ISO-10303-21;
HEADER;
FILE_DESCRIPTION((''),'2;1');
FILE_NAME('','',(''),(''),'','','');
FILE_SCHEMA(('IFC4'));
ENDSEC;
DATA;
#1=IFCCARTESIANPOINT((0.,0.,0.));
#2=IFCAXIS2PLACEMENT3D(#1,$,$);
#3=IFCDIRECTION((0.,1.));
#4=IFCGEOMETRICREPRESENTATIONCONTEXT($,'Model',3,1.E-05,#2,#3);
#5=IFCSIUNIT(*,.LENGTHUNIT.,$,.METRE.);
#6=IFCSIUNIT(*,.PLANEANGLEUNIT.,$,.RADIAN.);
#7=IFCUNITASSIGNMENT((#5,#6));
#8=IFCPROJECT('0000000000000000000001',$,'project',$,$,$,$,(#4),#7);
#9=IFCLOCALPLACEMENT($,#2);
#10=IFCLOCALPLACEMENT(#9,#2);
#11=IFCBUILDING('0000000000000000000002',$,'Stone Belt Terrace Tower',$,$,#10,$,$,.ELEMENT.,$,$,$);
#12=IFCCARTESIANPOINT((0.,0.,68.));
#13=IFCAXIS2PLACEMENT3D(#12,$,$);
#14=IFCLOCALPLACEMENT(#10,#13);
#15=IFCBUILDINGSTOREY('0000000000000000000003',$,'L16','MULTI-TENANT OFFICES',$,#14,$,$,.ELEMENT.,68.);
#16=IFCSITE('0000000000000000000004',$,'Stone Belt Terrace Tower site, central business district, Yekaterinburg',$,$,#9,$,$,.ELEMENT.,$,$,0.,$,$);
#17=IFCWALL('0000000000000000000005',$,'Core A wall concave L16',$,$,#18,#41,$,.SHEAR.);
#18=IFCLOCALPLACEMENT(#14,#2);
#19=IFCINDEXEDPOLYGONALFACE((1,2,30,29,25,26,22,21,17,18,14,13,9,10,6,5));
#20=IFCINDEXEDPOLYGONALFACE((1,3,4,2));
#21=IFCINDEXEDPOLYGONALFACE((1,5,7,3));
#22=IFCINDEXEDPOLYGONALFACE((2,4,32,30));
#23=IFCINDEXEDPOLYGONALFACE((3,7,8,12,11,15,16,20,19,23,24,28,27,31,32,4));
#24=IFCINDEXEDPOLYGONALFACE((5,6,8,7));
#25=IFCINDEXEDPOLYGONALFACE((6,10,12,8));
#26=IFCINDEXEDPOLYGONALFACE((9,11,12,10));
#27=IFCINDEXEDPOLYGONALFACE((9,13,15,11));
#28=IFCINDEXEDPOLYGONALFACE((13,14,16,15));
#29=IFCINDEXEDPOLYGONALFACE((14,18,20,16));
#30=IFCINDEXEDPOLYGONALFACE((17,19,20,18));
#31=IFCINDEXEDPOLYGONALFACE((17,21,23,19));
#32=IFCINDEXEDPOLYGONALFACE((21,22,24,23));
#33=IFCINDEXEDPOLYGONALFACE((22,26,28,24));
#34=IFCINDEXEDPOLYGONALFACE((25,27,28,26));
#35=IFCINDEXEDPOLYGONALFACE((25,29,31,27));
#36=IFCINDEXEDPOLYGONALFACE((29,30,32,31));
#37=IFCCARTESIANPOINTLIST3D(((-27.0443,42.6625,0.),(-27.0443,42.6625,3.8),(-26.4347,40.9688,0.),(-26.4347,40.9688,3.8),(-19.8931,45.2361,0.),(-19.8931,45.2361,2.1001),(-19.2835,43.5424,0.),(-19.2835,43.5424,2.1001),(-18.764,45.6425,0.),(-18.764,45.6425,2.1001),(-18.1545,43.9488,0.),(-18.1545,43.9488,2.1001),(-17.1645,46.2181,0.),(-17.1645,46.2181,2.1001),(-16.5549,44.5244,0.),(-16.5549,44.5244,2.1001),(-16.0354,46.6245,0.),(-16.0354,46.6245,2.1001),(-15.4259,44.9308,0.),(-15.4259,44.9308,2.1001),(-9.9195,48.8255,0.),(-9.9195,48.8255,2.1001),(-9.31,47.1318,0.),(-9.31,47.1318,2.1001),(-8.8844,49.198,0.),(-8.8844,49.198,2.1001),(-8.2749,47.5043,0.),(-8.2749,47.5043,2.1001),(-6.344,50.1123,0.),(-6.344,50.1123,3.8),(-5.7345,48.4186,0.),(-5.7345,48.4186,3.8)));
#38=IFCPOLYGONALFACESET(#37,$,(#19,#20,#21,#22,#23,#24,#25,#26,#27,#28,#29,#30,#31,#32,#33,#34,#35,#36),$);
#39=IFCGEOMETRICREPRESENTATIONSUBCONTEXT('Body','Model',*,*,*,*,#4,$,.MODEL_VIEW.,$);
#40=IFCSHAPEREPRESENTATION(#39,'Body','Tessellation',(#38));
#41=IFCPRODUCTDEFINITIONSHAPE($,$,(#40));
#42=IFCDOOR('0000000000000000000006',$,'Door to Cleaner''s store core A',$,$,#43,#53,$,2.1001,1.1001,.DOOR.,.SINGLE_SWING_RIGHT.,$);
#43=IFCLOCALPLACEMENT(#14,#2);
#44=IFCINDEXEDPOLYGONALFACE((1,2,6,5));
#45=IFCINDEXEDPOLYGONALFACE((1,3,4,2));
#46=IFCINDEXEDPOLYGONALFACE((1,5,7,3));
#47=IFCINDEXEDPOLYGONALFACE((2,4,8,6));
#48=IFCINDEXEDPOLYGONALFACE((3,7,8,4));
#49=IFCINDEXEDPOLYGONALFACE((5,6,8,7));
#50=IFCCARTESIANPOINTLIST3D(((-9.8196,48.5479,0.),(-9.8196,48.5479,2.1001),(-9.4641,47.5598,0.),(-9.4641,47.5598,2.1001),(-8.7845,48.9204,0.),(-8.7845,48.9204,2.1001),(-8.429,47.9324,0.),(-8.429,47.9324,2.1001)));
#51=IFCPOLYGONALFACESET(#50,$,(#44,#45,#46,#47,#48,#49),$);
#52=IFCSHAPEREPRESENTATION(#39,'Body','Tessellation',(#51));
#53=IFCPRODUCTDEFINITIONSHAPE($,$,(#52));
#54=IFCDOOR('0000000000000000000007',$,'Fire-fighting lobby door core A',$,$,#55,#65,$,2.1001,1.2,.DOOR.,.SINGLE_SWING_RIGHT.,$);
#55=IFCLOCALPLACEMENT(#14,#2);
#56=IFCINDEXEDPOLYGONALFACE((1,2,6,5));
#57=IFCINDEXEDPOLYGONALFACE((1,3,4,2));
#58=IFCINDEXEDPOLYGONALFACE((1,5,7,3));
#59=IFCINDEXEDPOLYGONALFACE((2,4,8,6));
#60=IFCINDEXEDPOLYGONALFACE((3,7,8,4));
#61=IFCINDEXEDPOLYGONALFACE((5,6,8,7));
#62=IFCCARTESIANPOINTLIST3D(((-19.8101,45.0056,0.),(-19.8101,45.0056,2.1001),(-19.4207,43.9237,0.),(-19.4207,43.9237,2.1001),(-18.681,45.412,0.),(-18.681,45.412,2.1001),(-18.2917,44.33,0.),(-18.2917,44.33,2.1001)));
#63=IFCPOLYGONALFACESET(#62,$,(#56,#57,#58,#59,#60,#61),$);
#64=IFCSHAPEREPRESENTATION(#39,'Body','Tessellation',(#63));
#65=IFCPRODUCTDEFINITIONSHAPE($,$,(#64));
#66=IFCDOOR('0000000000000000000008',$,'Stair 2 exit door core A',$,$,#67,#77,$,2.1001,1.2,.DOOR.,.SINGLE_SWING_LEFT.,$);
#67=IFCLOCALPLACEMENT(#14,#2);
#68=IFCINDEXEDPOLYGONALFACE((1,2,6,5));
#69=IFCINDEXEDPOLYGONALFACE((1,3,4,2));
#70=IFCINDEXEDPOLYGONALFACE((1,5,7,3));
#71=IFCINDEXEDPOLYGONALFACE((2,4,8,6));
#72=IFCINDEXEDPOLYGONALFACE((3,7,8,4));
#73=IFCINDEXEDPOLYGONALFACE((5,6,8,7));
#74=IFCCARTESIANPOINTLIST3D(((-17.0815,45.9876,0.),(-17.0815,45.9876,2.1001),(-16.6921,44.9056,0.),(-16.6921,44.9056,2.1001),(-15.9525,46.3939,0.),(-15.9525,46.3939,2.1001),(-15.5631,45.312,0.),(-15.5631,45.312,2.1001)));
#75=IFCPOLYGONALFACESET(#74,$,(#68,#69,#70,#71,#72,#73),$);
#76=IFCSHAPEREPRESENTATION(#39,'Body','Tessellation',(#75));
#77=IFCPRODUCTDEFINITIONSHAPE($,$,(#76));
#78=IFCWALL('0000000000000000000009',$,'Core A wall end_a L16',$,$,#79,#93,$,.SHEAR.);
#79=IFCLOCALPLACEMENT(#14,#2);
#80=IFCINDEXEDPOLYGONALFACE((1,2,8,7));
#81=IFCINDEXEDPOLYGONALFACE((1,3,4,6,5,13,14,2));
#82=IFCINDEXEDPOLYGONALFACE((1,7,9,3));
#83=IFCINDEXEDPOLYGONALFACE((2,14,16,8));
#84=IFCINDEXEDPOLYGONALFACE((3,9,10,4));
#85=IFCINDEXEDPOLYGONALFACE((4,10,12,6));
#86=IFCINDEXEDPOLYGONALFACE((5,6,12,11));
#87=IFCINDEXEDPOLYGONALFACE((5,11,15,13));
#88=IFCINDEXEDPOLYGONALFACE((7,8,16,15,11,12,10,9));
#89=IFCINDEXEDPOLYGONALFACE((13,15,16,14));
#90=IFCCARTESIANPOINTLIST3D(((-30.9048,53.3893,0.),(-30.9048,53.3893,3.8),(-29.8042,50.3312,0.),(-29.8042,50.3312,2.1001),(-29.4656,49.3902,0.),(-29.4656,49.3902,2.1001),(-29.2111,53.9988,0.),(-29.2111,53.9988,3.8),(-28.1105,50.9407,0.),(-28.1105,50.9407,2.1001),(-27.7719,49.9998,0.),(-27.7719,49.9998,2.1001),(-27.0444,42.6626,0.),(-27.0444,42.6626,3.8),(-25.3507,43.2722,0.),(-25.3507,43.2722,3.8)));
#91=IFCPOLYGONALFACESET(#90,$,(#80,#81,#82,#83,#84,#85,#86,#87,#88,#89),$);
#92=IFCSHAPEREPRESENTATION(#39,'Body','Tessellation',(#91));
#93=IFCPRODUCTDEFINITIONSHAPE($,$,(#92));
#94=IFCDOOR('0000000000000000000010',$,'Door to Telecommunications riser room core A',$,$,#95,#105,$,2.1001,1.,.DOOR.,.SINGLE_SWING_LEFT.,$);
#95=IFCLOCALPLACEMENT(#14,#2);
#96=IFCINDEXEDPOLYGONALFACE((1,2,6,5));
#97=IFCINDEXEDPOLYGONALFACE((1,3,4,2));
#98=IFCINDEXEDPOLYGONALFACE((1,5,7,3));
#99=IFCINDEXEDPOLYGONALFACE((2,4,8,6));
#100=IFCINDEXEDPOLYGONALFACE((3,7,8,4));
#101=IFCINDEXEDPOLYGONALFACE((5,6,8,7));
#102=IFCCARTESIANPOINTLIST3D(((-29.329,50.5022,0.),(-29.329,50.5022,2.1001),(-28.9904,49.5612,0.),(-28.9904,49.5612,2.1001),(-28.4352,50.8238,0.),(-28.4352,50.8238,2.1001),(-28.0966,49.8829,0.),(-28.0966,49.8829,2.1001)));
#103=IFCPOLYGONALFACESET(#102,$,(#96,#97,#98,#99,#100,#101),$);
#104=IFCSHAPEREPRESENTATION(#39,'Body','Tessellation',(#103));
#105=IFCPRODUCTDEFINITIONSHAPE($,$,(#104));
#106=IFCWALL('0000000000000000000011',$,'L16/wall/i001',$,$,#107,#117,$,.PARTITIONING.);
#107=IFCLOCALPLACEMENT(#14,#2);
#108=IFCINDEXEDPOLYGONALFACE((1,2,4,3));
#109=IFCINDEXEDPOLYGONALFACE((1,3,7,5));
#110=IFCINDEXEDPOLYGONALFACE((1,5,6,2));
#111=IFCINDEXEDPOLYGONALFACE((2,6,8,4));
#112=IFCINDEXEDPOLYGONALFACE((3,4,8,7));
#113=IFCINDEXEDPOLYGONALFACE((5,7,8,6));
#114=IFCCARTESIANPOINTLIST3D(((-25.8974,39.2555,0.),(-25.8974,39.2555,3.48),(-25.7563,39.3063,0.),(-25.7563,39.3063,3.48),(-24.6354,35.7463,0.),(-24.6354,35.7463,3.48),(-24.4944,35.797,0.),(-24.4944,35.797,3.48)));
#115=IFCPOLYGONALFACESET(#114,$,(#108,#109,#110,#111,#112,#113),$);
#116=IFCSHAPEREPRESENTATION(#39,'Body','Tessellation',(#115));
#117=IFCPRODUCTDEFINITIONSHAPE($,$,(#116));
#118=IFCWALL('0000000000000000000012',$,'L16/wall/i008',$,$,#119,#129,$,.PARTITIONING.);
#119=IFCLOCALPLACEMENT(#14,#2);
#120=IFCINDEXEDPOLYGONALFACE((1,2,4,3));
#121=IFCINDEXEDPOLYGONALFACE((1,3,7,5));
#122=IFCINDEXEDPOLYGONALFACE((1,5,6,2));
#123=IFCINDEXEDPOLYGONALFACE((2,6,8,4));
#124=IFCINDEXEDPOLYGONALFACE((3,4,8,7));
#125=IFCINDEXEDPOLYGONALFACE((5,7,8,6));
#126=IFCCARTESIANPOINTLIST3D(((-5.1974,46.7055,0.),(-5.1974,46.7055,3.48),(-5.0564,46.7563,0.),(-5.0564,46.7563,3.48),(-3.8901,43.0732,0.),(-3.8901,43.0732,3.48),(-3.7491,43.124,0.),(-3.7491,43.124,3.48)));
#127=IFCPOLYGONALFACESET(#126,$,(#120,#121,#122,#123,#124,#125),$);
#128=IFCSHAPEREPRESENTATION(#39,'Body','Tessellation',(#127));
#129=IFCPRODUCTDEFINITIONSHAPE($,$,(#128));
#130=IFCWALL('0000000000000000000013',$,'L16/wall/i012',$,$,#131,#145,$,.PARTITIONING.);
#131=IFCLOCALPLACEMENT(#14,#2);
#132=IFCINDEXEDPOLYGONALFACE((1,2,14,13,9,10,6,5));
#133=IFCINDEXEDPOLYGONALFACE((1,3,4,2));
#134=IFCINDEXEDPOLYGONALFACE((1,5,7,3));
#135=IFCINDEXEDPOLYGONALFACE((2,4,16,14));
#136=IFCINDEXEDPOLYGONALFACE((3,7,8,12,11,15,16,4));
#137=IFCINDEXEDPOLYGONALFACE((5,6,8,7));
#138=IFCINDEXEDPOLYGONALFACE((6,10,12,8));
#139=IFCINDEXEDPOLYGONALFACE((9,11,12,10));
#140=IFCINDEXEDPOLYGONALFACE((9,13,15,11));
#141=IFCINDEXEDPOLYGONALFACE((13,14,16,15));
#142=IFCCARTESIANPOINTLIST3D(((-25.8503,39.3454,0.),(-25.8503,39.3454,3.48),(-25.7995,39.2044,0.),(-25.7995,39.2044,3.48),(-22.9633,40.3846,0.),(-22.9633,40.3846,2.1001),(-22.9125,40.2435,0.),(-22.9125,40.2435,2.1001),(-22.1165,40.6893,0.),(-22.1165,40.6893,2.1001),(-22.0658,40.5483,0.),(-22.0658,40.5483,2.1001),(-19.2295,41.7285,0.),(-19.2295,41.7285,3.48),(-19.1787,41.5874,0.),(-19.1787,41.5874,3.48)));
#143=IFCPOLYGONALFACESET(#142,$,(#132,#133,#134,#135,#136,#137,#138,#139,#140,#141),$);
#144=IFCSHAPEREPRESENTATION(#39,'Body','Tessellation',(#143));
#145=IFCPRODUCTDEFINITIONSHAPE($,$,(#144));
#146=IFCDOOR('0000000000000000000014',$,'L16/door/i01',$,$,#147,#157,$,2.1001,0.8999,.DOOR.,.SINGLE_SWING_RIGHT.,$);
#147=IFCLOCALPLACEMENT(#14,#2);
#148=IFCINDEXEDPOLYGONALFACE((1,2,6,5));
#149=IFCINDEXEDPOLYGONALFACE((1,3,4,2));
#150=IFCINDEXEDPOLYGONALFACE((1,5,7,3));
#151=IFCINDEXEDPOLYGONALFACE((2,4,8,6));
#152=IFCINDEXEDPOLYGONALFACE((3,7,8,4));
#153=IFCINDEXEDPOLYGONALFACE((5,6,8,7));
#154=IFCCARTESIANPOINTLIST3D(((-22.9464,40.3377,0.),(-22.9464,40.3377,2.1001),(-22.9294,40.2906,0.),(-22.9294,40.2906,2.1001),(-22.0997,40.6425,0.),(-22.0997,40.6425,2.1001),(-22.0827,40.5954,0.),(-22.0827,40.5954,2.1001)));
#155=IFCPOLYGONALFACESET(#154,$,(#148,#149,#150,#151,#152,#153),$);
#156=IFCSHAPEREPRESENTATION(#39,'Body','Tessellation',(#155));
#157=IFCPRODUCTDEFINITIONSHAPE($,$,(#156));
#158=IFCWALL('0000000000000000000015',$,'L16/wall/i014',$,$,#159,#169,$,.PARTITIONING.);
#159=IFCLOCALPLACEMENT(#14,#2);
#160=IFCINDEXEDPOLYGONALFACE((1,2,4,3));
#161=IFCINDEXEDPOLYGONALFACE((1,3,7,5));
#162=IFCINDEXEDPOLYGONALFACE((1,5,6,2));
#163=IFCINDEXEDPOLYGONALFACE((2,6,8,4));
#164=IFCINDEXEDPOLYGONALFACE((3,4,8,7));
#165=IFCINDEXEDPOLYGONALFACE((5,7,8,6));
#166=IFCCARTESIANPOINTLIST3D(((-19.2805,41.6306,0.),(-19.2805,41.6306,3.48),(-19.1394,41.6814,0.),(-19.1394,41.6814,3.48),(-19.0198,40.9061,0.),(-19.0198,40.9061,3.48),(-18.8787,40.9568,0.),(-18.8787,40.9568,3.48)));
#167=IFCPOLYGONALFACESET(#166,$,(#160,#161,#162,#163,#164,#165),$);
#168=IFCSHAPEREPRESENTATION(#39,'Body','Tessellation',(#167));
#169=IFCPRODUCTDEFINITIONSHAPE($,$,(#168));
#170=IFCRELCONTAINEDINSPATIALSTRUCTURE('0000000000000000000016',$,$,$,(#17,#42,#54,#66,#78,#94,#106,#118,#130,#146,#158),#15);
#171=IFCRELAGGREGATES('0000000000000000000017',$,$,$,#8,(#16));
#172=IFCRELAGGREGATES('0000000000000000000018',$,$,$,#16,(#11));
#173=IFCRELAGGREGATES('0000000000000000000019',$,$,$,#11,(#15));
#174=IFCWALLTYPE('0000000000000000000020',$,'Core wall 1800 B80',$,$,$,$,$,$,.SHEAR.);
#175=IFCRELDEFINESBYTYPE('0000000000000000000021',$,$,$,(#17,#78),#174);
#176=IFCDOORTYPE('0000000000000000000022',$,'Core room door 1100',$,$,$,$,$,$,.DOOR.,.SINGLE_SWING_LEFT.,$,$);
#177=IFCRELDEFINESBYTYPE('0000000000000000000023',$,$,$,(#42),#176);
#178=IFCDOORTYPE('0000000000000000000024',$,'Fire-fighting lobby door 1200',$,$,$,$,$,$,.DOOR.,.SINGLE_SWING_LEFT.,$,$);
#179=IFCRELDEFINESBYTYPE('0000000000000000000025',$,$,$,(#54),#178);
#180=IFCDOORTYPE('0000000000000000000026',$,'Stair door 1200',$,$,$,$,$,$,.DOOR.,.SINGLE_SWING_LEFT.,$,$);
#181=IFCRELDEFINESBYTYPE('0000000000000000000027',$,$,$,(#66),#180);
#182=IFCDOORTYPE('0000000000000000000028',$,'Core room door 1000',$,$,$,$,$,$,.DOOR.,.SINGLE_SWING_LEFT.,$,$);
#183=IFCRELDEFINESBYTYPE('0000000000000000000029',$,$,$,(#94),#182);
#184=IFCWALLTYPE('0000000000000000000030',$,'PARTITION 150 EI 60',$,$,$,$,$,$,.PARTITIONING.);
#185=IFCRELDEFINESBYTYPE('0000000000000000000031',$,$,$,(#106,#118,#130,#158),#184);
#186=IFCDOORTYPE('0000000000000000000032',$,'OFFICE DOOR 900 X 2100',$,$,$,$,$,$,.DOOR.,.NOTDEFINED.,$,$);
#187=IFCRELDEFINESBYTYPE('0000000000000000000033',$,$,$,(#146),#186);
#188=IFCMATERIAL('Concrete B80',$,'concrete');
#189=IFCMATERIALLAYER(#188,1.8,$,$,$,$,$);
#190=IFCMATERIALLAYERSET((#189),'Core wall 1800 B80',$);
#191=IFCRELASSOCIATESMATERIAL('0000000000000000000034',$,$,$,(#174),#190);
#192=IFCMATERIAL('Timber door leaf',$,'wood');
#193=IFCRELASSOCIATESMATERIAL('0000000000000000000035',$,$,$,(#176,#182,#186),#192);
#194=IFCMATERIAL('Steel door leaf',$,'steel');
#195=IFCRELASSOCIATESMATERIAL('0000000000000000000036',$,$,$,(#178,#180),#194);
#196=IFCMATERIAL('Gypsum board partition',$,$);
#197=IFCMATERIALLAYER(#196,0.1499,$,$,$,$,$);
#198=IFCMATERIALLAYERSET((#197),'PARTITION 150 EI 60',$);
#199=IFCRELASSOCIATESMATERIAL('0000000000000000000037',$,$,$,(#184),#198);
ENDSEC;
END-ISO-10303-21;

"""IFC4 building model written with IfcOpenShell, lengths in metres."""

from ifc_helpers import new_model, si_unit, direction, frame, frame_2d, origin, place, context, subcontext, project, spatial, rectangle, extrude, material, layer, layer_set, type_object, element, fill, save


model = new_model("IFC4")

# Units and contexts
model_context = context("Model", 3, precision=1e-05, world=origin(), true_north=direction((0.0, 1.0)))
body_context = subcontext(model_context, "Body", "Model", "MODEL_VIEW")
ifc_project = project(units=[si_unit("LENGTHUNIT", "METRE"), si_unit("PLANEANGLEUNIT", "RADIAN")], contexts=[model_context])

# Site, building, storey
site_placement = place(None, origin())
site = spatial("IfcSite", under=ifc_project, at=site_placement, Name="Stone Belt Terrace Tower site, central business district, Yekaterinburg", CompositionType="ELEMENT", RefElevation=0.0)
building_placement = place(site_placement, origin())
building = spatial("IfcBuilding", under=site, at=building_placement, Name="Stone Belt Terrace Tower", CompositionType="ELEMENT")
storey_placement = place(building_placement, frame((0.0, 0.0, 68.0)))
storey = spatial("IfcBuildingStorey", under=building, at=storey_placement, Name="L16", Description="MULTI-TENANT OFFICES", CompositionType="ELEMENT", Elevation=68.0)

# Shared definitions
ifc_material_1 = material(Name="Concrete B80", Category="concrete")

# Wall, openings, doors
ifc_layer_1 = layer(ifc_material_1, 1.8)
ifc_layer_set_1 = layer_set([ifc_layer_1], Name="Core wall 1800 B80")
wall_type_1 = type_object("IfcWallType", Name="Core wall 1800 B80", PredefinedType="SHEAR", material=ifc_layer_set_1)
wall_1_placement = place(storey_placement, frame((-26.7395, 41.8157, 0.0), z_axis=(0.0, 0.0, 1.0), x_axis=(0.940922, 0.338624, 0.0)))
wall_1 = element("IfcWall", 1, at=wall_1_placement, inside=storey, type_object=wall_type_1, Name="Core A wall concave L16", PredefinedType="SHEAR", context=body_context, shape_type="SweptSolid", body=[
    extrude(rectangle(XDim=22.0, YDim=1.8, at=frame_2d((11.0, 0.0))), origin(), (0.0, 0.0, 1.0), 3.8),
])
opening_1_placement = place(wall_1_placement, frame((7.6001, 0.0, 0.0)))
opening_1 = element("IfcOpeningElement", 2, at=opening_1_placement, cuts=wall_1, PredefinedType="OPENING", context=body_context, shape_type="SweptSolid", body=[
    extrude(rectangle(XDim=1.2, YDim=2.1001, at=frame_2d((0.6001, 1.05))), frame((0.0, 0.9099, 0.0), z_axis=(0.0, -1.0, 0.0), x_axis=(1.0, 0.0, 0.0)), (0.0, 0.0, 1.0), 1.8201),
])
opening_2_placement = place(wall_1_placement, frame((10.5, 0.0, 0.0)))
opening_2 = element("IfcOpeningElement", 3, at=opening_2_placement, cuts=wall_1, PredefinedType="OPENING", context=body_context, shape_type="SweptSolid", body=[
    extrude(rectangle(XDim=1.2, YDim=2.1001, at=frame_2d((0.6001, 1.05))), frame((0.0, 0.9099, 0.0), z_axis=(0.0, -1.0, 0.0), x_axis=(1.0, 0.0, 0.0)), (0.0, 0.0, 1.0), 1.8201),
])
opening_3_placement = place(wall_1_placement, frame((18.2, 0.0, 0.0)))
opening_3 = element("IfcOpeningElement", 4, at=opening_3_placement, cuts=wall_1, PredefinedType="OPENING", context=body_context, shape_type="SweptSolid", body=[
    extrude(rectangle(XDim=1.1001, YDim=2.1001, at=frame_2d((0.55, 1.05))), frame((0.0, 0.9099, 0.0), z_axis=(0.0, -1.0, 0.0), x_axis=(1.0, 0.0, 0.0)), (0.0, 0.0, 1.0), 1.8201),
])
ifc_material_2 = material(Name="Timber door leaf", Category="wood")
door_type_1 = type_object("IfcDoorType", Name="Core room door 1100", OperationType="SINGLE_SWING_LEFT", PredefinedType="DOOR", material=ifc_material_2)
door_1_placement = place(opening_3_placement, origin())
door_1 = element("IfcDoor", 5, at=door_1_placement, inside=storey, type_object=door_type_1, Name="Door to Cleaner's store core A", OperationType="SINGLE_SWING_RIGHT", OverallHeight=2.1001, OverallWidth=1.1001, PredefinedType="DOOR", context=body_context, shape_type="SweptSolid", body=[
    extrude(rectangle(XDim=1.1001, YDim=2.1001, at=frame_2d((0.55, 1.05))), frame((0.0, 0.605, 0.0), z_axis=(0.0, -1.0, 0.0), x_axis=(1.0, 0.0, 0.0)), (0.0, 0.0, 1.0), 1.05),
])
fill(opening_3, door_1)
ifc_material_3 = material(Name="Steel door leaf", Category="steel")
door_type_2 = type_object("IfcDoorType", Name="Fire-fighting lobby door 1200", OperationType="SINGLE_SWING_LEFT", PredefinedType="DOOR", material=ifc_material_3)
door_2_placement = place(opening_1_placement, origin())
door_2 = element("IfcDoor", 6, at=door_2_placement, inside=storey, type_object=door_type_2, Name="Fire-fighting lobby door core A", OperationType="SINGLE_SWING_RIGHT", OverallHeight=2.1001, OverallWidth=1.2, PredefinedType="DOOR", context=body_context, shape_type="SweptSolid", body=[
    extrude(rectangle(XDim=1.2, YDim=2.1001, at=frame_2d((0.6001, 1.05))), frame((0.0, 0.655, 0.0), z_axis=(0.0, -1.0, 0.0), x_axis=(1.0, 0.0, 0.0)), (0.0, 0.0, 1.0), 1.1499),
])
fill(opening_1, door_2)
door_type_3 = type_object("IfcDoorType", Name="Stair door 1200", OperationType="SINGLE_SWING_LEFT", PredefinedType="DOOR", material=ifc_material_3)
door_3_placement = place(opening_2_placement, origin())
door_3 = element("IfcDoor", 7, at=door_3_placement, inside=storey, type_object=door_type_3, Name="Stair 2 exit door core A", OperationType="SINGLE_SWING_LEFT", OverallHeight=2.1001, OverallWidth=1.2, PredefinedType="DOOR", context=body_context, shape_type="SweptSolid", body=[
    extrude(rectangle(XDim=1.2, YDim=2.1001, at=frame_2d((0.6001, 1.05))), frame((0.0, 0.655, 0.0), z_axis=(0.0, -1.0, 0.0), x_axis=(1.0, 0.0, 0.0)), (0.0, 0.0, 1.0), 1.1499),
])
fill(opening_2, door_3)

# Wall, opening, door
wall_2_placement = place(storey_placement, frame((-26.1975, 42.9673, 0.0), z_axis=(0.0, 0.0, 1.0), x_axis=(-0.338625, 0.940921, 0.0)))
wall_2 = element("IfcWall", 8, at=wall_2_placement, inside=storey, type_object=wall_type_1, Name="Core A wall end_a L16", PredefinedType="SHEAR", context=body_context, shape_type="SweptSolid", body=[
    extrude(rectangle(XDim=11.4001, YDim=1.8, at=frame_2d((5.7002, 0.0))), origin(), (0.0, 0.0, 1.0), 3.8),
])
opening_4_placement = place(wall_2_placement, frame((7.1501, 0.0, 0.0)))
opening_4 = element("IfcOpeningElement", 9, at=opening_4_placement, cuts=wall_2, PredefinedType="OPENING", context=body_context, shape_type="SweptSolid", body=[
    extrude(rectangle(XDim=1.0, YDim=2.1001, at=frame_2d((0.5, 1.05))), frame((0.0, 0.9099, 0.0), z_axis=(0.0, -1.0, 0.0), x_axis=(1.0, 0.0, 0.0)), (0.0, 0.0, 1.0), 1.8201),
])
door_type_4 = type_object("IfcDoorType", Name="Core room door 1000", OperationType="SINGLE_SWING_LEFT", PredefinedType="DOOR", material=ifc_material_2)
door_4_placement = place(opening_4_placement, origin())
door_4 = element("IfcDoor", 10, at=door_4_placement, inside=storey, type_object=door_type_4, Name="Door to Telecommunications riser room core A", OperationType="SINGLE_SWING_LEFT", OverallHeight=2.1001, OverallWidth=1.0, PredefinedType="DOOR", context=body_context, shape_type="SweptSolid", body=[
    extrude(rectangle(XDim=1.0, YDim=2.1001, at=frame_2d((0.5, 1.05))), frame((0.0, 0.395, 0.0), z_axis=(0.0, -1.0, 0.0), x_axis=(1.0, 0.0, 0.0)), (0.0, 0.0, 1.0), 0.95),
])
fill(opening_4, door_4)

# Walls
ifc_material_4 = material(Name="Gypsum board partition")
ifc_layer_2 = layer(ifc_material_4, 0.1499)
ifc_layer_set_2 = layer_set([ifc_layer_2], Name="PARTITION 150 EI 60")
wall_type_2 = type_object("IfcWallType", Name="PARTITION 150 EI 60", PredefinedType="PARTITIONING", material=ifc_layer_set_2)
wall_3_placement = place(storey_placement, frame((-25.8269, 39.281, 0.0), z_axis=(0.0, 0.0, 1.0), x_axis=(0.338393, -0.941005, 0.0)))
element("IfcWall", 11, at=wall_3_placement, inside=storey, type_object=wall_type_2, Name="L16/wall/i001", PredefinedType="PARTITIONING", context=body_context, shape_type="SweptSolid", body=[
    extrude(rectangle(XDim=3.7292, YDim=0.1499, at=frame_2d((1.8647, 0.0))), origin(), (0.0, 0.0, 1.0), 3.48),
])
wall_4_placement = place(storey_placement, frame((-3.8196, 43.0986, 0.0), z_axis=(0.0, 0.0, 1.0), x_axis=(-0.338659, 0.940909, 0.0)))
element("IfcWall", 12, at=wall_4_placement, inside=storey, type_object=wall_type_2, Name="L16/wall/i008", PredefinedType="PARTITIONING", context=body_context, shape_type="SweptSolid", body=[
    extrude(rectangle(XDim=3.8604, YDim=0.1499, at=frame_2d((1.9302, 0.0))), origin(), (0.0, 0.0, 1.0), 3.48),
])

# Wall, opening, door
wall_5_placement = place(storey_placement, frame((-19.2041, 41.658, 0.0), z_axis=(0.0, 0.0, 1.0), x_axis=(-0.940908, -0.338663, 0.0)))
wall_5 = element("IfcWall", 13, at=wall_5_placement, inside=storey, type_object=wall_type_2, Name="L16/wall/i012", PredefinedType="PARTITIONING", context=body_context, shape_type="SweptSolid", body=[
    extrude(rectangle(XDim=7.0366, YDim=0.1499, at=frame_2d((3.5183, 0.0))), origin(), (0.0, 0.0, 1.0), 3.48),
])
opening_5_placement = place(wall_5_placement, frame((3.0684, 0.0, 0.0)))
opening_5 = element("IfcOpeningElement", 14, at=opening_5_placement, cuts=wall_5, PredefinedType="OPENING", context=body_context, shape_type="SweptSolid", body=[
    extrude(rectangle(XDim=0.8999, YDim=2.1001, at=frame_2d((0.45, 1.05))), frame((0.0, 0.085, 0.0), z_axis=(0.0, -1.0, 0.0), x_axis=(1.0, 0.0, 0.0)), (0.0, 0.0, 1.0), 0.1699),
])
door_type_5 = type_object("IfcDoorType", Name="OFFICE DOOR 900 X 2100", OperationType="NOTDEFINED", PredefinedType="DOOR", material=ifc_material_2)
door_5_placement = place(opening_5_placement, origin())
door_5 = element("IfcDoor", 15, at=door_5_placement, inside=storey, type_object=door_type_5, Name="L16/door/i01", OperationType="SINGLE_SWING_RIGHT", OverallHeight=2.1001, OverallWidth=0.8999, PredefinedType="DOOR", context=body_context, shape_type="SweptSolid", body=[
    extrude(rectangle(XDim=0.8999, YDim=2.1001, at=frame_2d((0.45, 1.05))), frame((0.0, 0.0249, 0.0), z_axis=(0.0, -1.0, 0.0), x_axis=(1.0, 0.0, 0.0)), (0.0, 0.0, 1.0), 0.05),
])
fill(opening_5, door_5)

# Wall
wall_6_placement = place(storey_placement, frame((-19.21, 41.656, 0.0), z_axis=(0.0, 0.0, 1.0), x_axis=(0.338585, -0.940936, 0.0)))
element("IfcWall", 16, at=wall_6_placement, inside=storey, type_object=wall_type_2, Name="L16/wall/i014", PredefinedType="PARTITIONING", context=body_context, shape_type="SweptSolid", body=[
    extrude(rectangle(XDim=0.77, YDim=0.1499, at=frame_2d((0.385, 0.0))), origin(), (0.0, 0.0, 1.0), 3.48),
])

save(model, "model.ifc")
